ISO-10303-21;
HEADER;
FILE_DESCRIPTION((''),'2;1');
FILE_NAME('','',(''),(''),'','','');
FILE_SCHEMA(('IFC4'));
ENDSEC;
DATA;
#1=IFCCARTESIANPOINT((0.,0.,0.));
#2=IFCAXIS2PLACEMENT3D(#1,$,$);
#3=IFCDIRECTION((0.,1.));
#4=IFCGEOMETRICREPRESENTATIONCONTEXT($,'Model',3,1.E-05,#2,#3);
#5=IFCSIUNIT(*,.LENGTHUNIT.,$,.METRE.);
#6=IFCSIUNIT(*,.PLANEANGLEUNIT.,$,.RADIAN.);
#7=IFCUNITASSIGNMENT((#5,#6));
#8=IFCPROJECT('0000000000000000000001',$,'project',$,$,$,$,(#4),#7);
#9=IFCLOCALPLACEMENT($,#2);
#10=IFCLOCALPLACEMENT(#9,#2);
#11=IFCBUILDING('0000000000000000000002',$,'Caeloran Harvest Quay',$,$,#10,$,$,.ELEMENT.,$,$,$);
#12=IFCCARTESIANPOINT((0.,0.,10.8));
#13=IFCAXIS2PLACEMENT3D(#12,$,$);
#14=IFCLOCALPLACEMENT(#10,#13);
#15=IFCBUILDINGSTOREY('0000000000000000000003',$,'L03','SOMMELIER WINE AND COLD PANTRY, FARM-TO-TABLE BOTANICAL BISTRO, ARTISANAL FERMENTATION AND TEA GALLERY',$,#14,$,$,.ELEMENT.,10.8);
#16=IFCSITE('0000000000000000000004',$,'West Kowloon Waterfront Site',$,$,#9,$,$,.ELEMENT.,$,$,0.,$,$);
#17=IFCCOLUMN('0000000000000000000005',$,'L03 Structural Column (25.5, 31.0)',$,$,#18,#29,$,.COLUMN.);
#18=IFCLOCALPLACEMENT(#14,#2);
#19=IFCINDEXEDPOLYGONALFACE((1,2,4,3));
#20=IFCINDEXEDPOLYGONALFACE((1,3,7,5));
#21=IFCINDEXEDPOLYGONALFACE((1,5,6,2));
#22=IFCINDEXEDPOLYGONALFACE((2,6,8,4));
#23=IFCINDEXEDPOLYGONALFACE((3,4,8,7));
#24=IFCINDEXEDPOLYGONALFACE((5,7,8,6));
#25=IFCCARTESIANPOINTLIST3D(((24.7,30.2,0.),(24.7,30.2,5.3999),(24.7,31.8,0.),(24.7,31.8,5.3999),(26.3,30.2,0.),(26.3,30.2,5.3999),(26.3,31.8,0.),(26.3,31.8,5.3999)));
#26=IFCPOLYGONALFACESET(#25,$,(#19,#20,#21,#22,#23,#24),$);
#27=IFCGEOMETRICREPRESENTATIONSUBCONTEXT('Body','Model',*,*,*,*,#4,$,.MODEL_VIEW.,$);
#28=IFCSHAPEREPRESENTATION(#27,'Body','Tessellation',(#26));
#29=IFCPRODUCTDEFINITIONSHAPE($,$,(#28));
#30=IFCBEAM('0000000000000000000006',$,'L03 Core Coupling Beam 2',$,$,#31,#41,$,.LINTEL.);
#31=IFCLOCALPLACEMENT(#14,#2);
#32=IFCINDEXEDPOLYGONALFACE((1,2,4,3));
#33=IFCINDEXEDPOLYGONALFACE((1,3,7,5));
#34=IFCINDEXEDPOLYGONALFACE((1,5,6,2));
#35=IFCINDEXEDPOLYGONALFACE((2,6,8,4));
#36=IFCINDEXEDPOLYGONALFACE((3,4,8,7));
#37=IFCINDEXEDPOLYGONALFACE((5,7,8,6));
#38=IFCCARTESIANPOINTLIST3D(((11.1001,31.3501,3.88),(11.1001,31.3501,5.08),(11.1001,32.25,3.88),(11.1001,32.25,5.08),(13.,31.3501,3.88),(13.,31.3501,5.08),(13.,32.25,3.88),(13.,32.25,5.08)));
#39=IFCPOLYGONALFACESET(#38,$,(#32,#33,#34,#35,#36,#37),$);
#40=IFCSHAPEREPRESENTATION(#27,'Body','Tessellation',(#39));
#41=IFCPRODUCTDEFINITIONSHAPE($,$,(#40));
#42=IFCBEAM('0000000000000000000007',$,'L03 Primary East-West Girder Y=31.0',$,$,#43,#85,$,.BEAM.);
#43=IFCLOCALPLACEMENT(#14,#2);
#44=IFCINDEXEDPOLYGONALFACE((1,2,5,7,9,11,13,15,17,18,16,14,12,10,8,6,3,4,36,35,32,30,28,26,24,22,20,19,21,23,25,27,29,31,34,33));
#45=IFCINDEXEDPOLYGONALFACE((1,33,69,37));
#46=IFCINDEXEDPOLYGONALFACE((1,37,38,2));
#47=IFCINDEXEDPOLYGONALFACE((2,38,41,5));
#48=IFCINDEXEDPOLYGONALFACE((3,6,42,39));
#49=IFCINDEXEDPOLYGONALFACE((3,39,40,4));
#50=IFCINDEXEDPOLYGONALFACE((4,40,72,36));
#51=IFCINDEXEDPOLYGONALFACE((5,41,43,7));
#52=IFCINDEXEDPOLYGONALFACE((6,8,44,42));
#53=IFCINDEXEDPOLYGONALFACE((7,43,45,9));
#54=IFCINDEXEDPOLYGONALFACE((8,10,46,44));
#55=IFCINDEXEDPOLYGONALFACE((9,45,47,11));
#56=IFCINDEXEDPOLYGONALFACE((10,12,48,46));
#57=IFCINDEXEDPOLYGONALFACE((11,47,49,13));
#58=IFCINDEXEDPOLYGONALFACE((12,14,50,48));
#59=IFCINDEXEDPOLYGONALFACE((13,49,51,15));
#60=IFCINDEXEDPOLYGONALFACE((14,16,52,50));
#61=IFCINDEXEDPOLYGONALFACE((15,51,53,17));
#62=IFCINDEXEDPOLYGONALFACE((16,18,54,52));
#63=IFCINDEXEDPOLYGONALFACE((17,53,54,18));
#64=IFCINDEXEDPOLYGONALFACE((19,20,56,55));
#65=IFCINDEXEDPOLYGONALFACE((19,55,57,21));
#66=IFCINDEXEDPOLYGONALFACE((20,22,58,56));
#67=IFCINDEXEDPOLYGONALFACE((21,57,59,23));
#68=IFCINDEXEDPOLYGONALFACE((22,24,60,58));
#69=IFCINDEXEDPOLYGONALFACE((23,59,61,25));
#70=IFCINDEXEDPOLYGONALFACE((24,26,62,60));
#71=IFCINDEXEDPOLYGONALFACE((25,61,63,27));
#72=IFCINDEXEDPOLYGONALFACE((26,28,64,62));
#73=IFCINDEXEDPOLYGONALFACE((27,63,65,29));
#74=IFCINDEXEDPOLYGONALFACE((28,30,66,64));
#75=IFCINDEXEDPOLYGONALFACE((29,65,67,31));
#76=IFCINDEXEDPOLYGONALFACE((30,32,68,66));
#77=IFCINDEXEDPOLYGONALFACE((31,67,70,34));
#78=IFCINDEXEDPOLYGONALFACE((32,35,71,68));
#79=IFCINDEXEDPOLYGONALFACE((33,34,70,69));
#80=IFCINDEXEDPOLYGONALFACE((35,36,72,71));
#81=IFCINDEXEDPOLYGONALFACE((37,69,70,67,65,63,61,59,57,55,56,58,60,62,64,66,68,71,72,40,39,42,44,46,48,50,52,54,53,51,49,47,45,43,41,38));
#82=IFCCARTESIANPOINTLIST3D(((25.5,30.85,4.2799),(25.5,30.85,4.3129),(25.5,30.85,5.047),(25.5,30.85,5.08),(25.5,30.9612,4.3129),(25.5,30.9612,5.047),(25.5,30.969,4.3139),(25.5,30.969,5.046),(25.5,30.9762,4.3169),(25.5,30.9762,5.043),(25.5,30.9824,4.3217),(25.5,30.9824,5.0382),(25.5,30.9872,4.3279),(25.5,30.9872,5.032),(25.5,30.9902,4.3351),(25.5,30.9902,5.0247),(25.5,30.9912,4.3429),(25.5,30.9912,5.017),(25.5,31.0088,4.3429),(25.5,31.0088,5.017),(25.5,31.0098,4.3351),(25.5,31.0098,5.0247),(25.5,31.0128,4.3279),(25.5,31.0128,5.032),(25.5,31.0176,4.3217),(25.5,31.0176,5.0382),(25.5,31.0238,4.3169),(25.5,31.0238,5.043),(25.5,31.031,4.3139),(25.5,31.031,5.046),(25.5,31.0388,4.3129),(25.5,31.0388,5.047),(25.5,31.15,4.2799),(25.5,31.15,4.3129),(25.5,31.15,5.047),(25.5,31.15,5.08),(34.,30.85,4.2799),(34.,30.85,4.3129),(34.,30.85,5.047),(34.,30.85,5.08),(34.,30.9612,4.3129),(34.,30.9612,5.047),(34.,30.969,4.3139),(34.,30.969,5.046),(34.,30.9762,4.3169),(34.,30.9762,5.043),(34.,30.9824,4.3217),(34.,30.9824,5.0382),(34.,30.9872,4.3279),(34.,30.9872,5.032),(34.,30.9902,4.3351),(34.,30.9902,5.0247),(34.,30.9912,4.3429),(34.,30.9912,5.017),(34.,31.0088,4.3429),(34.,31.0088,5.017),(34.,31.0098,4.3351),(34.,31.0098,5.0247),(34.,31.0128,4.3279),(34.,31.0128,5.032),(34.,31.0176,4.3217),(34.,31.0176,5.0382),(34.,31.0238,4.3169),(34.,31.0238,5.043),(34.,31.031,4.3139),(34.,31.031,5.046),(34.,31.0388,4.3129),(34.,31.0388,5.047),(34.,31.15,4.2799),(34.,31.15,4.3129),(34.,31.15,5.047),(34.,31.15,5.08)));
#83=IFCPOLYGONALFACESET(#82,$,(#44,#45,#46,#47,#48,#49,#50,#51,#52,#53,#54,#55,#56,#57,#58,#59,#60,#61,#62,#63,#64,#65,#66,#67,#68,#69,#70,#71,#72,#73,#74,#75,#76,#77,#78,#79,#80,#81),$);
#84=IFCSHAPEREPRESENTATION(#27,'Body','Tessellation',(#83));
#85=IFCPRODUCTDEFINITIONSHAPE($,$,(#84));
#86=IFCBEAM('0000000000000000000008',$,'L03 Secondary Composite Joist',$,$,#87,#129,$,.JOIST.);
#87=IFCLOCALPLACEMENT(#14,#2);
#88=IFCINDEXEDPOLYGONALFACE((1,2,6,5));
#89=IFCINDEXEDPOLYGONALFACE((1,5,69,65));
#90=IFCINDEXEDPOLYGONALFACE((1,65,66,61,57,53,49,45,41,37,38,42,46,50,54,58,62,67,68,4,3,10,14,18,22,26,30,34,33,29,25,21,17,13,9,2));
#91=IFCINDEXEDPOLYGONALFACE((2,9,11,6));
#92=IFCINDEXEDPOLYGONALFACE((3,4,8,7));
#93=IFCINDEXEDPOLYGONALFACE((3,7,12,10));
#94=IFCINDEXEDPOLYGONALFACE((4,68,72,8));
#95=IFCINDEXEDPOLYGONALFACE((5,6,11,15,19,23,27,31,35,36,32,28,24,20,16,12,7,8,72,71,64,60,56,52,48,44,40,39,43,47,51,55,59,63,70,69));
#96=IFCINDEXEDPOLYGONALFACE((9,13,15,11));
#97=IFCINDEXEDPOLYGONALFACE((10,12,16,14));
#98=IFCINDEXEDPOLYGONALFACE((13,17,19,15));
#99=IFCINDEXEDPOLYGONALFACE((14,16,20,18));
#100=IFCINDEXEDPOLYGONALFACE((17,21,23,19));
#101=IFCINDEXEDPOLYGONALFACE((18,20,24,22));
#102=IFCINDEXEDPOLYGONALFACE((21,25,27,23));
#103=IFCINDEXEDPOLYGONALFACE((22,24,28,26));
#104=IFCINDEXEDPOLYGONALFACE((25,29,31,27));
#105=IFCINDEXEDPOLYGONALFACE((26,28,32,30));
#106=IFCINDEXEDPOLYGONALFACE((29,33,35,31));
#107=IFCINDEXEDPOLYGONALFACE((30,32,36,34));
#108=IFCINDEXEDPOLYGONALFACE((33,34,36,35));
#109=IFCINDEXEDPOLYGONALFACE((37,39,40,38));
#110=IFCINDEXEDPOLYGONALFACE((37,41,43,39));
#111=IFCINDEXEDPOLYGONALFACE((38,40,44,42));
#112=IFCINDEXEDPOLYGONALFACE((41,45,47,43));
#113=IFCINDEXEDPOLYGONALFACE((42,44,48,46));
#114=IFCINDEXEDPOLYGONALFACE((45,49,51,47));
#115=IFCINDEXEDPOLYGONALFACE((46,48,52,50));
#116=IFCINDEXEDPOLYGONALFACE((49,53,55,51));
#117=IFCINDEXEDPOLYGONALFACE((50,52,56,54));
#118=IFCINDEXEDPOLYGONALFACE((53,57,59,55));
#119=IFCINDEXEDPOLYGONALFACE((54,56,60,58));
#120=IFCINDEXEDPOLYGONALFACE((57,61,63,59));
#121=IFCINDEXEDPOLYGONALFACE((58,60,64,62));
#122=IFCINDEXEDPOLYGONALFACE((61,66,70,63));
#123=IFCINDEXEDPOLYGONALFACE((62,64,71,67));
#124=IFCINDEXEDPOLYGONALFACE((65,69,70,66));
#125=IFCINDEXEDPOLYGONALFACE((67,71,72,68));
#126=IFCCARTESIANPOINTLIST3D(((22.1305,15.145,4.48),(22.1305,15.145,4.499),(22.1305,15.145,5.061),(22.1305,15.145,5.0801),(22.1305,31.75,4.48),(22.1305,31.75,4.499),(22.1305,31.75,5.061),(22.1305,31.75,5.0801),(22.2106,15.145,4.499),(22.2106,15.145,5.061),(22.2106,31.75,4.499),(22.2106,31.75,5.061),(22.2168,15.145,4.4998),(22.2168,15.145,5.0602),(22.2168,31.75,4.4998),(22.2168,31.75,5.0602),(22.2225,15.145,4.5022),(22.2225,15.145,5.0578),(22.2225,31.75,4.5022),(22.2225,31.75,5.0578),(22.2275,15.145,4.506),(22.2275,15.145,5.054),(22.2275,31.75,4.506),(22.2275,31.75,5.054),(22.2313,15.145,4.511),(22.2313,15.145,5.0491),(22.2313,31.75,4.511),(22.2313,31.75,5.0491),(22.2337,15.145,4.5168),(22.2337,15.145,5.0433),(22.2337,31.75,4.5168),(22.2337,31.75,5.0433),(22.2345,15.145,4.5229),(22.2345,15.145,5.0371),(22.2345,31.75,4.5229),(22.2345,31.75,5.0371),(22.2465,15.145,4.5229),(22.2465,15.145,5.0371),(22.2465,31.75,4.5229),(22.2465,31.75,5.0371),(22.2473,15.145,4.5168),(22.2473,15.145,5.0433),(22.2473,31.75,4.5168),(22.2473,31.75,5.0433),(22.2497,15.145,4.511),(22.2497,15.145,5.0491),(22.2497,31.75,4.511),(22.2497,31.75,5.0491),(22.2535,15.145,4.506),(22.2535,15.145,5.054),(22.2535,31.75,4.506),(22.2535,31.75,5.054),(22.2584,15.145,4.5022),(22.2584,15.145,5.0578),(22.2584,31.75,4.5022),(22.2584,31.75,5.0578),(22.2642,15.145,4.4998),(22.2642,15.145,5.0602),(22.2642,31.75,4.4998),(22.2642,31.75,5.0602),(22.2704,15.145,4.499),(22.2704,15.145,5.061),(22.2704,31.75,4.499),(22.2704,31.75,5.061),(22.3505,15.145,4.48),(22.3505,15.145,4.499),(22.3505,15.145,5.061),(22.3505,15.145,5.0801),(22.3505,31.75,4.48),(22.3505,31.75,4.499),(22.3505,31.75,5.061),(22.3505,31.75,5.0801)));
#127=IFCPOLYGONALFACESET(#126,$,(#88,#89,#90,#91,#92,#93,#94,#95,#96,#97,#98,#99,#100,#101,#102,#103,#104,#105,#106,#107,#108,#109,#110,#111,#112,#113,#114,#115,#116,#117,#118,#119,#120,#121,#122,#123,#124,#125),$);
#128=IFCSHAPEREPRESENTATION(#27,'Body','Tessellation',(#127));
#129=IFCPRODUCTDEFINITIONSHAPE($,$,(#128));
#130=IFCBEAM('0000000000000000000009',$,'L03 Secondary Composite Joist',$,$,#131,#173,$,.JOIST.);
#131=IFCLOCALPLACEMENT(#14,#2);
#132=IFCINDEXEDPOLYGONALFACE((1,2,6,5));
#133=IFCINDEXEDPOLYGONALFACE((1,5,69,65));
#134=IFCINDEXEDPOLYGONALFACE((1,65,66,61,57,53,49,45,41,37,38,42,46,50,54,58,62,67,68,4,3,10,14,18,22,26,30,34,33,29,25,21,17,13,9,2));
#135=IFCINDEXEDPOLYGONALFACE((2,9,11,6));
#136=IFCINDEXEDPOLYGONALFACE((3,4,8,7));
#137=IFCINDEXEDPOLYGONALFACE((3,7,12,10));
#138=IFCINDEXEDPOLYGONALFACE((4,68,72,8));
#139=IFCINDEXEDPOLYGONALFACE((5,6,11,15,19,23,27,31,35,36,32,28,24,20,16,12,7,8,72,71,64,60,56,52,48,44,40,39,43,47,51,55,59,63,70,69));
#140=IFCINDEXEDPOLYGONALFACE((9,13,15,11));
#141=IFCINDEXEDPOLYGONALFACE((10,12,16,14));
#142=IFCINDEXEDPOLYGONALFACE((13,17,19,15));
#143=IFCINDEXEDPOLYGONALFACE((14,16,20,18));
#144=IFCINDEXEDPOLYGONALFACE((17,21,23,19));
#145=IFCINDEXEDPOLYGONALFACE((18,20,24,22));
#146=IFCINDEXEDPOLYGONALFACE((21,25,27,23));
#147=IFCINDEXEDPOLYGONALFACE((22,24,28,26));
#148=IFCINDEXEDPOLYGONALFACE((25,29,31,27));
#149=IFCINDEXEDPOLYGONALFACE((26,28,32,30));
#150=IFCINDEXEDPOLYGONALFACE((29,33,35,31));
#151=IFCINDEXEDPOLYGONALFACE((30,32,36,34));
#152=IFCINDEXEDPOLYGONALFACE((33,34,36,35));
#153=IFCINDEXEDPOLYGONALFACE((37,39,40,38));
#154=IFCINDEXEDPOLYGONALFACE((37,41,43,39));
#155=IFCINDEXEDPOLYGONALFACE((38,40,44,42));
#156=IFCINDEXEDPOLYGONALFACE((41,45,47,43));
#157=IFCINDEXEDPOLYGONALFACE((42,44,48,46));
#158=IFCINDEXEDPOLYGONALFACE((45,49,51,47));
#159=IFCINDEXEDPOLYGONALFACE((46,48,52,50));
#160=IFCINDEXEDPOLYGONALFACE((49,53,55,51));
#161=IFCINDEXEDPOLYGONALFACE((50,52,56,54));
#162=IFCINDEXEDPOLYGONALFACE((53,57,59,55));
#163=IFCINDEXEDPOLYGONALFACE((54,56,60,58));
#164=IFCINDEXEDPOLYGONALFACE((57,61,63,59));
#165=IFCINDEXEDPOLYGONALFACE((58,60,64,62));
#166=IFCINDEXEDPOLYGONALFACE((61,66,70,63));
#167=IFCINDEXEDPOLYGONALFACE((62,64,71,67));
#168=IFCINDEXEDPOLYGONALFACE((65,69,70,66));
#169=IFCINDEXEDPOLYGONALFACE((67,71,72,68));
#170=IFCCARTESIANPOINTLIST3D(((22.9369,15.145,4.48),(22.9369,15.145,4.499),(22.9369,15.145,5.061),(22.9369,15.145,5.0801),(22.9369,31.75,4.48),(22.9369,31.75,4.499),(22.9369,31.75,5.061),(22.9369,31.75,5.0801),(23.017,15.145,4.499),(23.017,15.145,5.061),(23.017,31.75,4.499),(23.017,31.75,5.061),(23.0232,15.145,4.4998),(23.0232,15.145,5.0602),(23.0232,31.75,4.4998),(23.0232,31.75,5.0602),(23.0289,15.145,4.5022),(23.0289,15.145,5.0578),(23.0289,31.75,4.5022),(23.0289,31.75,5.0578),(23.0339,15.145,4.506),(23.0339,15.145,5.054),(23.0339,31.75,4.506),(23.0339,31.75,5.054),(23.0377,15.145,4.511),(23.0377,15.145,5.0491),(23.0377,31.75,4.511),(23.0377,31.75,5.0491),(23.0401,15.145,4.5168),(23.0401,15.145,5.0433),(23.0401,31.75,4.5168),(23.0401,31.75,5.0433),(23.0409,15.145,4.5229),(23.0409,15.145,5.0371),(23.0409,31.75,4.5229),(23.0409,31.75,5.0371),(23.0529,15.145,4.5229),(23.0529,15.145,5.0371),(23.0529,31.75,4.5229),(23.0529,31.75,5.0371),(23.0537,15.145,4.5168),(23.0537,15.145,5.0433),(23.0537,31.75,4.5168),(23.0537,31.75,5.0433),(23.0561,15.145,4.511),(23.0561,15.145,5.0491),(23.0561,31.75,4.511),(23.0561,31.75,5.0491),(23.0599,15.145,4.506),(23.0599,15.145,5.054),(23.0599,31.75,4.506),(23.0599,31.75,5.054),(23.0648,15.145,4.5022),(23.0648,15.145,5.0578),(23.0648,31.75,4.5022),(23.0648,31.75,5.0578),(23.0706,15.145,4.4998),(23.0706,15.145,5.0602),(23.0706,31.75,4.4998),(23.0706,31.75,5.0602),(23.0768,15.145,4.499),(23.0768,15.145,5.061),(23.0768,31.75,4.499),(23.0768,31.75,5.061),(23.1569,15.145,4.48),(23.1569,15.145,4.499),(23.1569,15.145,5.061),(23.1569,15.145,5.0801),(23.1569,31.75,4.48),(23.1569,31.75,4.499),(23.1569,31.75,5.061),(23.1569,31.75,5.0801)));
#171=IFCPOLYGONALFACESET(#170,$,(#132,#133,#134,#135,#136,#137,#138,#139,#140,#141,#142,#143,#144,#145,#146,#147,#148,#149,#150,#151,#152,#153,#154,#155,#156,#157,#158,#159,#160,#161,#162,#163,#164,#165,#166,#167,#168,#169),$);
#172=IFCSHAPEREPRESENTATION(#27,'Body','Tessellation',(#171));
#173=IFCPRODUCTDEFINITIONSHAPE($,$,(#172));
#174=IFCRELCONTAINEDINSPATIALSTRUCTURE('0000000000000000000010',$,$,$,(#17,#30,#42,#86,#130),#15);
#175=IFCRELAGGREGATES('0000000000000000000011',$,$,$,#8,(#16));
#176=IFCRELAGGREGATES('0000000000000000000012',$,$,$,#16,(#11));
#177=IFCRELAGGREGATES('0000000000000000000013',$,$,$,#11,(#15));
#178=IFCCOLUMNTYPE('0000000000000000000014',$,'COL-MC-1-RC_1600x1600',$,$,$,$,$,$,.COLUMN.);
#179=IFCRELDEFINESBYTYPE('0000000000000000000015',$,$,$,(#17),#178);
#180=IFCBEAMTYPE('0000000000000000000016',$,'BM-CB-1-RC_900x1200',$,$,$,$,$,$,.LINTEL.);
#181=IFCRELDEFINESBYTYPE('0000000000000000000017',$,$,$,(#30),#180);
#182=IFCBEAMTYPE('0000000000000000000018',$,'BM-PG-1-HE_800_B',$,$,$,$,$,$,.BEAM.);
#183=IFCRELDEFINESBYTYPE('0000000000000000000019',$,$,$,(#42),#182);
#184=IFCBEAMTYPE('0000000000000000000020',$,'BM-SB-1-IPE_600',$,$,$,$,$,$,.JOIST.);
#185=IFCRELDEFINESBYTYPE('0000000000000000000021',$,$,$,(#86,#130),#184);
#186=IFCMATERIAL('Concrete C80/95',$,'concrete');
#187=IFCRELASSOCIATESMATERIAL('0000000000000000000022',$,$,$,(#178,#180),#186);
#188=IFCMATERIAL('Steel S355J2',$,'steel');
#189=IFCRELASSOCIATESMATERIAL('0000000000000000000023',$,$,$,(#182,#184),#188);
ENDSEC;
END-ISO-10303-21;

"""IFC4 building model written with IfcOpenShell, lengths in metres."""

from ifc_helpers import new_model, si_unit, direction, frame, origin, origin_2d, place, context, subcontext, project, spatial, rectangle, i_section, extrude, material, material_profile, profile_set, type_object, element, save


model = new_model("IFC4")

# Units and contexts
model_context = context("Model", 3, precision=1e-05, world=origin(), true_north=direction((0.0, 1.0)))
body_context = subcontext(model_context, "Body", "Model", "MODEL_VIEW")
ifc_project = project(units=[si_unit("LENGTHUNIT", "METRE"), si_unit("PLANEANGLEUNIT", "RADIAN")], contexts=[model_context])

# Site, building, storey
site_placement = place(None, origin())
site = spatial("IfcSite", under=ifc_project, at=site_placement, Name="West Kowloon Waterfront Site", CompositionType="ELEMENT", RefElevation=0.0)
building_placement = place(site_placement, origin())
building = spatial("IfcBuilding", under=site, at=building_placement, Name="Caeloran Harvest Quay", CompositionType="ELEMENT")
storey_placement = place(building_placement, frame((0.0, 0.0, 10.8)))
storey = spatial("IfcBuildingStorey", under=building, at=storey_placement, Name="L03", Description="SOMMELIER WINE AND COLD PANTRY, FARM-TO-TABLE BOTANICAL BISTRO, ARTISANAL FERMENTATION AND TEA GALLERY", CompositionType="ELEMENT", Elevation=10.8)

# Column
ifc_material_1 = material(Name="Concrete C80/95", Category="concrete")
ifc_material_profile_1 = material_profile(ifc_material_1, rectangle(XDim=1.6001, YDim=1.6001, at=origin_2d()), Name="RC 1600x1600")
ifc_profile_set_1 = profile_set([ifc_material_profile_1], Name="Concrete C80/95")
column_type = type_object("IfcColumnType", Name="COL-MC-1-RC_1600x1600", PredefinedType="COLUMN", material=ifc_profile_set_1)
column_placement = place(storey_placement, frame((25.5, 31.0, 0.0), z_axis=(0.0, 0.0, 1.0), x_axis=(1.0, 0.0, 0.0)))
element("IfcColumn", 1, at=column_placement, inside=storey, type_object=column_type, Name="L03 Structural Column (25.5, 31.0)", PredefinedType="COLUMN", context=body_context, shape_type="SweptSolid", body=[
    extrude(rectangle(XDim=1.6001, YDim=1.6001, at=origin_2d()), origin(), (0.0, 0.0, 1.0), 5.3999),
])

# Beams
ifc_material_profile_2 = material_profile(ifc_material_1, rectangle(XDim=0.8999, YDim=1.2, at=origin_2d()), Name="RC 900x1200")
ifc_profile_set_2 = profile_set([ifc_material_profile_2], Name="Concrete C80/95")
beam_type_1 = type_object("IfcBeamType", Name="BM-CB-1-RC_900x1200", PredefinedType="LINTEL", material=ifc_profile_set_2)
beam_1_placement = place(storey_placement, frame((11.1001, 31.8, 4.48), z_axis=(1.0, 0.0, 0.0), x_axis=(0.0, 1.0, 0.0)))
element("IfcBeam", 2, at=beam_1_placement, inside=storey, type_object=beam_type_1, Name="L03 Core Coupling Beam 2", PredefinedType="LINTEL", context=body_context, shape_type="SweptSolid", body=[
    extrude(rectangle(XDim=0.8999, YDim=1.2, at=origin_2d()), origin(), (0.0, 0.0, 1.0), 1.8999),
])
ifc_material_2 = material(Name="Steel S355J2", Category="steel")
ifc_material_profile_3 = material_profile(ifc_material_2, i_section(OverallWidth=0.3, OverallDepth=0.8, WebThickness=0.0176, FlangeThickness=0.033, FilletRadius=0.03, at=origin_2d()), Name="HE 800 B")
ifc_profile_set_3 = profile_set([ifc_material_profile_3], Name="Steel S355J2")
beam_type_2 = type_object("IfcBeamType", Name="BM-PG-1-HE_800_B", PredefinedType="BEAM", material=ifc_profile_set_3)
beam_2_placement = place(storey_placement, frame((25.5, 31.0, 4.6799), z_axis=(1.0, 0.0, 0.0), x_axis=(0.0, 1.0, 0.0)))
element("IfcBeam", 3, at=beam_2_placement, inside=storey, type_object=beam_type_2, Name="L03 Primary East-West Girder Y=31.0", PredefinedType="BEAM", context=body_context, shape_type="SweptSolid", body=[
    extrude(i_section(OverallWidth=0.3, OverallDepth=0.8, WebThickness=0.0176, FlangeThickness=0.033, FilletRadius=0.03, at=origin_2d()), origin(), (0.0, 0.0, 1.0), 8.5),
])
ifc_material_profile_4 = material_profile(ifc_material_2, i_section(OverallWidth=0.22, OverallDepth=0.6001, WebThickness=0.012, FlangeThickness=0.019, FilletRadius=0.0239, at=origin_2d()), Name="IPE 600")
ifc_profile_set_4 = profile_set([ifc_material_profile_4], Name="Steel S355J2")
beam_type_3 = type_object("IfcBeamType", Name="BM-SB-1-IPE_600", PredefinedType="JOIST", material=ifc_profile_set_4)
for number, where, z_axis, x_axis, name in (
    (4, (22.2405, 15.145, 4.78), (0.0, 1.0, 0.0), (-1.0, 0.0, 0.0), "L03 Secondary Composite Joist"),
    (5, (23.0469, 15.145, 4.78), (0.0, 1.0, 0.0), (-1.0, 0.0, 0.0), "L03 Secondary Composite Joist"),
):
    element("IfcBeam", number, at=place(storey_placement, frame(where, z_axis=z_axis, x_axis=x_axis)), inside=storey, type_object=beam_type_3, Name=name, PredefinedType="JOIST", context=body_context, shape_type="SweptSolid", body=[
        extrude(i_section(OverallWidth=0.22, OverallDepth=0.6001, WebThickness=0.012, FlangeThickness=0.019, FilletRadius=0.0239, at=origin_2d()), origin(), (0.0, 0.0, 1.0), 16.605),
    ])

save(model, "model.ifc")
